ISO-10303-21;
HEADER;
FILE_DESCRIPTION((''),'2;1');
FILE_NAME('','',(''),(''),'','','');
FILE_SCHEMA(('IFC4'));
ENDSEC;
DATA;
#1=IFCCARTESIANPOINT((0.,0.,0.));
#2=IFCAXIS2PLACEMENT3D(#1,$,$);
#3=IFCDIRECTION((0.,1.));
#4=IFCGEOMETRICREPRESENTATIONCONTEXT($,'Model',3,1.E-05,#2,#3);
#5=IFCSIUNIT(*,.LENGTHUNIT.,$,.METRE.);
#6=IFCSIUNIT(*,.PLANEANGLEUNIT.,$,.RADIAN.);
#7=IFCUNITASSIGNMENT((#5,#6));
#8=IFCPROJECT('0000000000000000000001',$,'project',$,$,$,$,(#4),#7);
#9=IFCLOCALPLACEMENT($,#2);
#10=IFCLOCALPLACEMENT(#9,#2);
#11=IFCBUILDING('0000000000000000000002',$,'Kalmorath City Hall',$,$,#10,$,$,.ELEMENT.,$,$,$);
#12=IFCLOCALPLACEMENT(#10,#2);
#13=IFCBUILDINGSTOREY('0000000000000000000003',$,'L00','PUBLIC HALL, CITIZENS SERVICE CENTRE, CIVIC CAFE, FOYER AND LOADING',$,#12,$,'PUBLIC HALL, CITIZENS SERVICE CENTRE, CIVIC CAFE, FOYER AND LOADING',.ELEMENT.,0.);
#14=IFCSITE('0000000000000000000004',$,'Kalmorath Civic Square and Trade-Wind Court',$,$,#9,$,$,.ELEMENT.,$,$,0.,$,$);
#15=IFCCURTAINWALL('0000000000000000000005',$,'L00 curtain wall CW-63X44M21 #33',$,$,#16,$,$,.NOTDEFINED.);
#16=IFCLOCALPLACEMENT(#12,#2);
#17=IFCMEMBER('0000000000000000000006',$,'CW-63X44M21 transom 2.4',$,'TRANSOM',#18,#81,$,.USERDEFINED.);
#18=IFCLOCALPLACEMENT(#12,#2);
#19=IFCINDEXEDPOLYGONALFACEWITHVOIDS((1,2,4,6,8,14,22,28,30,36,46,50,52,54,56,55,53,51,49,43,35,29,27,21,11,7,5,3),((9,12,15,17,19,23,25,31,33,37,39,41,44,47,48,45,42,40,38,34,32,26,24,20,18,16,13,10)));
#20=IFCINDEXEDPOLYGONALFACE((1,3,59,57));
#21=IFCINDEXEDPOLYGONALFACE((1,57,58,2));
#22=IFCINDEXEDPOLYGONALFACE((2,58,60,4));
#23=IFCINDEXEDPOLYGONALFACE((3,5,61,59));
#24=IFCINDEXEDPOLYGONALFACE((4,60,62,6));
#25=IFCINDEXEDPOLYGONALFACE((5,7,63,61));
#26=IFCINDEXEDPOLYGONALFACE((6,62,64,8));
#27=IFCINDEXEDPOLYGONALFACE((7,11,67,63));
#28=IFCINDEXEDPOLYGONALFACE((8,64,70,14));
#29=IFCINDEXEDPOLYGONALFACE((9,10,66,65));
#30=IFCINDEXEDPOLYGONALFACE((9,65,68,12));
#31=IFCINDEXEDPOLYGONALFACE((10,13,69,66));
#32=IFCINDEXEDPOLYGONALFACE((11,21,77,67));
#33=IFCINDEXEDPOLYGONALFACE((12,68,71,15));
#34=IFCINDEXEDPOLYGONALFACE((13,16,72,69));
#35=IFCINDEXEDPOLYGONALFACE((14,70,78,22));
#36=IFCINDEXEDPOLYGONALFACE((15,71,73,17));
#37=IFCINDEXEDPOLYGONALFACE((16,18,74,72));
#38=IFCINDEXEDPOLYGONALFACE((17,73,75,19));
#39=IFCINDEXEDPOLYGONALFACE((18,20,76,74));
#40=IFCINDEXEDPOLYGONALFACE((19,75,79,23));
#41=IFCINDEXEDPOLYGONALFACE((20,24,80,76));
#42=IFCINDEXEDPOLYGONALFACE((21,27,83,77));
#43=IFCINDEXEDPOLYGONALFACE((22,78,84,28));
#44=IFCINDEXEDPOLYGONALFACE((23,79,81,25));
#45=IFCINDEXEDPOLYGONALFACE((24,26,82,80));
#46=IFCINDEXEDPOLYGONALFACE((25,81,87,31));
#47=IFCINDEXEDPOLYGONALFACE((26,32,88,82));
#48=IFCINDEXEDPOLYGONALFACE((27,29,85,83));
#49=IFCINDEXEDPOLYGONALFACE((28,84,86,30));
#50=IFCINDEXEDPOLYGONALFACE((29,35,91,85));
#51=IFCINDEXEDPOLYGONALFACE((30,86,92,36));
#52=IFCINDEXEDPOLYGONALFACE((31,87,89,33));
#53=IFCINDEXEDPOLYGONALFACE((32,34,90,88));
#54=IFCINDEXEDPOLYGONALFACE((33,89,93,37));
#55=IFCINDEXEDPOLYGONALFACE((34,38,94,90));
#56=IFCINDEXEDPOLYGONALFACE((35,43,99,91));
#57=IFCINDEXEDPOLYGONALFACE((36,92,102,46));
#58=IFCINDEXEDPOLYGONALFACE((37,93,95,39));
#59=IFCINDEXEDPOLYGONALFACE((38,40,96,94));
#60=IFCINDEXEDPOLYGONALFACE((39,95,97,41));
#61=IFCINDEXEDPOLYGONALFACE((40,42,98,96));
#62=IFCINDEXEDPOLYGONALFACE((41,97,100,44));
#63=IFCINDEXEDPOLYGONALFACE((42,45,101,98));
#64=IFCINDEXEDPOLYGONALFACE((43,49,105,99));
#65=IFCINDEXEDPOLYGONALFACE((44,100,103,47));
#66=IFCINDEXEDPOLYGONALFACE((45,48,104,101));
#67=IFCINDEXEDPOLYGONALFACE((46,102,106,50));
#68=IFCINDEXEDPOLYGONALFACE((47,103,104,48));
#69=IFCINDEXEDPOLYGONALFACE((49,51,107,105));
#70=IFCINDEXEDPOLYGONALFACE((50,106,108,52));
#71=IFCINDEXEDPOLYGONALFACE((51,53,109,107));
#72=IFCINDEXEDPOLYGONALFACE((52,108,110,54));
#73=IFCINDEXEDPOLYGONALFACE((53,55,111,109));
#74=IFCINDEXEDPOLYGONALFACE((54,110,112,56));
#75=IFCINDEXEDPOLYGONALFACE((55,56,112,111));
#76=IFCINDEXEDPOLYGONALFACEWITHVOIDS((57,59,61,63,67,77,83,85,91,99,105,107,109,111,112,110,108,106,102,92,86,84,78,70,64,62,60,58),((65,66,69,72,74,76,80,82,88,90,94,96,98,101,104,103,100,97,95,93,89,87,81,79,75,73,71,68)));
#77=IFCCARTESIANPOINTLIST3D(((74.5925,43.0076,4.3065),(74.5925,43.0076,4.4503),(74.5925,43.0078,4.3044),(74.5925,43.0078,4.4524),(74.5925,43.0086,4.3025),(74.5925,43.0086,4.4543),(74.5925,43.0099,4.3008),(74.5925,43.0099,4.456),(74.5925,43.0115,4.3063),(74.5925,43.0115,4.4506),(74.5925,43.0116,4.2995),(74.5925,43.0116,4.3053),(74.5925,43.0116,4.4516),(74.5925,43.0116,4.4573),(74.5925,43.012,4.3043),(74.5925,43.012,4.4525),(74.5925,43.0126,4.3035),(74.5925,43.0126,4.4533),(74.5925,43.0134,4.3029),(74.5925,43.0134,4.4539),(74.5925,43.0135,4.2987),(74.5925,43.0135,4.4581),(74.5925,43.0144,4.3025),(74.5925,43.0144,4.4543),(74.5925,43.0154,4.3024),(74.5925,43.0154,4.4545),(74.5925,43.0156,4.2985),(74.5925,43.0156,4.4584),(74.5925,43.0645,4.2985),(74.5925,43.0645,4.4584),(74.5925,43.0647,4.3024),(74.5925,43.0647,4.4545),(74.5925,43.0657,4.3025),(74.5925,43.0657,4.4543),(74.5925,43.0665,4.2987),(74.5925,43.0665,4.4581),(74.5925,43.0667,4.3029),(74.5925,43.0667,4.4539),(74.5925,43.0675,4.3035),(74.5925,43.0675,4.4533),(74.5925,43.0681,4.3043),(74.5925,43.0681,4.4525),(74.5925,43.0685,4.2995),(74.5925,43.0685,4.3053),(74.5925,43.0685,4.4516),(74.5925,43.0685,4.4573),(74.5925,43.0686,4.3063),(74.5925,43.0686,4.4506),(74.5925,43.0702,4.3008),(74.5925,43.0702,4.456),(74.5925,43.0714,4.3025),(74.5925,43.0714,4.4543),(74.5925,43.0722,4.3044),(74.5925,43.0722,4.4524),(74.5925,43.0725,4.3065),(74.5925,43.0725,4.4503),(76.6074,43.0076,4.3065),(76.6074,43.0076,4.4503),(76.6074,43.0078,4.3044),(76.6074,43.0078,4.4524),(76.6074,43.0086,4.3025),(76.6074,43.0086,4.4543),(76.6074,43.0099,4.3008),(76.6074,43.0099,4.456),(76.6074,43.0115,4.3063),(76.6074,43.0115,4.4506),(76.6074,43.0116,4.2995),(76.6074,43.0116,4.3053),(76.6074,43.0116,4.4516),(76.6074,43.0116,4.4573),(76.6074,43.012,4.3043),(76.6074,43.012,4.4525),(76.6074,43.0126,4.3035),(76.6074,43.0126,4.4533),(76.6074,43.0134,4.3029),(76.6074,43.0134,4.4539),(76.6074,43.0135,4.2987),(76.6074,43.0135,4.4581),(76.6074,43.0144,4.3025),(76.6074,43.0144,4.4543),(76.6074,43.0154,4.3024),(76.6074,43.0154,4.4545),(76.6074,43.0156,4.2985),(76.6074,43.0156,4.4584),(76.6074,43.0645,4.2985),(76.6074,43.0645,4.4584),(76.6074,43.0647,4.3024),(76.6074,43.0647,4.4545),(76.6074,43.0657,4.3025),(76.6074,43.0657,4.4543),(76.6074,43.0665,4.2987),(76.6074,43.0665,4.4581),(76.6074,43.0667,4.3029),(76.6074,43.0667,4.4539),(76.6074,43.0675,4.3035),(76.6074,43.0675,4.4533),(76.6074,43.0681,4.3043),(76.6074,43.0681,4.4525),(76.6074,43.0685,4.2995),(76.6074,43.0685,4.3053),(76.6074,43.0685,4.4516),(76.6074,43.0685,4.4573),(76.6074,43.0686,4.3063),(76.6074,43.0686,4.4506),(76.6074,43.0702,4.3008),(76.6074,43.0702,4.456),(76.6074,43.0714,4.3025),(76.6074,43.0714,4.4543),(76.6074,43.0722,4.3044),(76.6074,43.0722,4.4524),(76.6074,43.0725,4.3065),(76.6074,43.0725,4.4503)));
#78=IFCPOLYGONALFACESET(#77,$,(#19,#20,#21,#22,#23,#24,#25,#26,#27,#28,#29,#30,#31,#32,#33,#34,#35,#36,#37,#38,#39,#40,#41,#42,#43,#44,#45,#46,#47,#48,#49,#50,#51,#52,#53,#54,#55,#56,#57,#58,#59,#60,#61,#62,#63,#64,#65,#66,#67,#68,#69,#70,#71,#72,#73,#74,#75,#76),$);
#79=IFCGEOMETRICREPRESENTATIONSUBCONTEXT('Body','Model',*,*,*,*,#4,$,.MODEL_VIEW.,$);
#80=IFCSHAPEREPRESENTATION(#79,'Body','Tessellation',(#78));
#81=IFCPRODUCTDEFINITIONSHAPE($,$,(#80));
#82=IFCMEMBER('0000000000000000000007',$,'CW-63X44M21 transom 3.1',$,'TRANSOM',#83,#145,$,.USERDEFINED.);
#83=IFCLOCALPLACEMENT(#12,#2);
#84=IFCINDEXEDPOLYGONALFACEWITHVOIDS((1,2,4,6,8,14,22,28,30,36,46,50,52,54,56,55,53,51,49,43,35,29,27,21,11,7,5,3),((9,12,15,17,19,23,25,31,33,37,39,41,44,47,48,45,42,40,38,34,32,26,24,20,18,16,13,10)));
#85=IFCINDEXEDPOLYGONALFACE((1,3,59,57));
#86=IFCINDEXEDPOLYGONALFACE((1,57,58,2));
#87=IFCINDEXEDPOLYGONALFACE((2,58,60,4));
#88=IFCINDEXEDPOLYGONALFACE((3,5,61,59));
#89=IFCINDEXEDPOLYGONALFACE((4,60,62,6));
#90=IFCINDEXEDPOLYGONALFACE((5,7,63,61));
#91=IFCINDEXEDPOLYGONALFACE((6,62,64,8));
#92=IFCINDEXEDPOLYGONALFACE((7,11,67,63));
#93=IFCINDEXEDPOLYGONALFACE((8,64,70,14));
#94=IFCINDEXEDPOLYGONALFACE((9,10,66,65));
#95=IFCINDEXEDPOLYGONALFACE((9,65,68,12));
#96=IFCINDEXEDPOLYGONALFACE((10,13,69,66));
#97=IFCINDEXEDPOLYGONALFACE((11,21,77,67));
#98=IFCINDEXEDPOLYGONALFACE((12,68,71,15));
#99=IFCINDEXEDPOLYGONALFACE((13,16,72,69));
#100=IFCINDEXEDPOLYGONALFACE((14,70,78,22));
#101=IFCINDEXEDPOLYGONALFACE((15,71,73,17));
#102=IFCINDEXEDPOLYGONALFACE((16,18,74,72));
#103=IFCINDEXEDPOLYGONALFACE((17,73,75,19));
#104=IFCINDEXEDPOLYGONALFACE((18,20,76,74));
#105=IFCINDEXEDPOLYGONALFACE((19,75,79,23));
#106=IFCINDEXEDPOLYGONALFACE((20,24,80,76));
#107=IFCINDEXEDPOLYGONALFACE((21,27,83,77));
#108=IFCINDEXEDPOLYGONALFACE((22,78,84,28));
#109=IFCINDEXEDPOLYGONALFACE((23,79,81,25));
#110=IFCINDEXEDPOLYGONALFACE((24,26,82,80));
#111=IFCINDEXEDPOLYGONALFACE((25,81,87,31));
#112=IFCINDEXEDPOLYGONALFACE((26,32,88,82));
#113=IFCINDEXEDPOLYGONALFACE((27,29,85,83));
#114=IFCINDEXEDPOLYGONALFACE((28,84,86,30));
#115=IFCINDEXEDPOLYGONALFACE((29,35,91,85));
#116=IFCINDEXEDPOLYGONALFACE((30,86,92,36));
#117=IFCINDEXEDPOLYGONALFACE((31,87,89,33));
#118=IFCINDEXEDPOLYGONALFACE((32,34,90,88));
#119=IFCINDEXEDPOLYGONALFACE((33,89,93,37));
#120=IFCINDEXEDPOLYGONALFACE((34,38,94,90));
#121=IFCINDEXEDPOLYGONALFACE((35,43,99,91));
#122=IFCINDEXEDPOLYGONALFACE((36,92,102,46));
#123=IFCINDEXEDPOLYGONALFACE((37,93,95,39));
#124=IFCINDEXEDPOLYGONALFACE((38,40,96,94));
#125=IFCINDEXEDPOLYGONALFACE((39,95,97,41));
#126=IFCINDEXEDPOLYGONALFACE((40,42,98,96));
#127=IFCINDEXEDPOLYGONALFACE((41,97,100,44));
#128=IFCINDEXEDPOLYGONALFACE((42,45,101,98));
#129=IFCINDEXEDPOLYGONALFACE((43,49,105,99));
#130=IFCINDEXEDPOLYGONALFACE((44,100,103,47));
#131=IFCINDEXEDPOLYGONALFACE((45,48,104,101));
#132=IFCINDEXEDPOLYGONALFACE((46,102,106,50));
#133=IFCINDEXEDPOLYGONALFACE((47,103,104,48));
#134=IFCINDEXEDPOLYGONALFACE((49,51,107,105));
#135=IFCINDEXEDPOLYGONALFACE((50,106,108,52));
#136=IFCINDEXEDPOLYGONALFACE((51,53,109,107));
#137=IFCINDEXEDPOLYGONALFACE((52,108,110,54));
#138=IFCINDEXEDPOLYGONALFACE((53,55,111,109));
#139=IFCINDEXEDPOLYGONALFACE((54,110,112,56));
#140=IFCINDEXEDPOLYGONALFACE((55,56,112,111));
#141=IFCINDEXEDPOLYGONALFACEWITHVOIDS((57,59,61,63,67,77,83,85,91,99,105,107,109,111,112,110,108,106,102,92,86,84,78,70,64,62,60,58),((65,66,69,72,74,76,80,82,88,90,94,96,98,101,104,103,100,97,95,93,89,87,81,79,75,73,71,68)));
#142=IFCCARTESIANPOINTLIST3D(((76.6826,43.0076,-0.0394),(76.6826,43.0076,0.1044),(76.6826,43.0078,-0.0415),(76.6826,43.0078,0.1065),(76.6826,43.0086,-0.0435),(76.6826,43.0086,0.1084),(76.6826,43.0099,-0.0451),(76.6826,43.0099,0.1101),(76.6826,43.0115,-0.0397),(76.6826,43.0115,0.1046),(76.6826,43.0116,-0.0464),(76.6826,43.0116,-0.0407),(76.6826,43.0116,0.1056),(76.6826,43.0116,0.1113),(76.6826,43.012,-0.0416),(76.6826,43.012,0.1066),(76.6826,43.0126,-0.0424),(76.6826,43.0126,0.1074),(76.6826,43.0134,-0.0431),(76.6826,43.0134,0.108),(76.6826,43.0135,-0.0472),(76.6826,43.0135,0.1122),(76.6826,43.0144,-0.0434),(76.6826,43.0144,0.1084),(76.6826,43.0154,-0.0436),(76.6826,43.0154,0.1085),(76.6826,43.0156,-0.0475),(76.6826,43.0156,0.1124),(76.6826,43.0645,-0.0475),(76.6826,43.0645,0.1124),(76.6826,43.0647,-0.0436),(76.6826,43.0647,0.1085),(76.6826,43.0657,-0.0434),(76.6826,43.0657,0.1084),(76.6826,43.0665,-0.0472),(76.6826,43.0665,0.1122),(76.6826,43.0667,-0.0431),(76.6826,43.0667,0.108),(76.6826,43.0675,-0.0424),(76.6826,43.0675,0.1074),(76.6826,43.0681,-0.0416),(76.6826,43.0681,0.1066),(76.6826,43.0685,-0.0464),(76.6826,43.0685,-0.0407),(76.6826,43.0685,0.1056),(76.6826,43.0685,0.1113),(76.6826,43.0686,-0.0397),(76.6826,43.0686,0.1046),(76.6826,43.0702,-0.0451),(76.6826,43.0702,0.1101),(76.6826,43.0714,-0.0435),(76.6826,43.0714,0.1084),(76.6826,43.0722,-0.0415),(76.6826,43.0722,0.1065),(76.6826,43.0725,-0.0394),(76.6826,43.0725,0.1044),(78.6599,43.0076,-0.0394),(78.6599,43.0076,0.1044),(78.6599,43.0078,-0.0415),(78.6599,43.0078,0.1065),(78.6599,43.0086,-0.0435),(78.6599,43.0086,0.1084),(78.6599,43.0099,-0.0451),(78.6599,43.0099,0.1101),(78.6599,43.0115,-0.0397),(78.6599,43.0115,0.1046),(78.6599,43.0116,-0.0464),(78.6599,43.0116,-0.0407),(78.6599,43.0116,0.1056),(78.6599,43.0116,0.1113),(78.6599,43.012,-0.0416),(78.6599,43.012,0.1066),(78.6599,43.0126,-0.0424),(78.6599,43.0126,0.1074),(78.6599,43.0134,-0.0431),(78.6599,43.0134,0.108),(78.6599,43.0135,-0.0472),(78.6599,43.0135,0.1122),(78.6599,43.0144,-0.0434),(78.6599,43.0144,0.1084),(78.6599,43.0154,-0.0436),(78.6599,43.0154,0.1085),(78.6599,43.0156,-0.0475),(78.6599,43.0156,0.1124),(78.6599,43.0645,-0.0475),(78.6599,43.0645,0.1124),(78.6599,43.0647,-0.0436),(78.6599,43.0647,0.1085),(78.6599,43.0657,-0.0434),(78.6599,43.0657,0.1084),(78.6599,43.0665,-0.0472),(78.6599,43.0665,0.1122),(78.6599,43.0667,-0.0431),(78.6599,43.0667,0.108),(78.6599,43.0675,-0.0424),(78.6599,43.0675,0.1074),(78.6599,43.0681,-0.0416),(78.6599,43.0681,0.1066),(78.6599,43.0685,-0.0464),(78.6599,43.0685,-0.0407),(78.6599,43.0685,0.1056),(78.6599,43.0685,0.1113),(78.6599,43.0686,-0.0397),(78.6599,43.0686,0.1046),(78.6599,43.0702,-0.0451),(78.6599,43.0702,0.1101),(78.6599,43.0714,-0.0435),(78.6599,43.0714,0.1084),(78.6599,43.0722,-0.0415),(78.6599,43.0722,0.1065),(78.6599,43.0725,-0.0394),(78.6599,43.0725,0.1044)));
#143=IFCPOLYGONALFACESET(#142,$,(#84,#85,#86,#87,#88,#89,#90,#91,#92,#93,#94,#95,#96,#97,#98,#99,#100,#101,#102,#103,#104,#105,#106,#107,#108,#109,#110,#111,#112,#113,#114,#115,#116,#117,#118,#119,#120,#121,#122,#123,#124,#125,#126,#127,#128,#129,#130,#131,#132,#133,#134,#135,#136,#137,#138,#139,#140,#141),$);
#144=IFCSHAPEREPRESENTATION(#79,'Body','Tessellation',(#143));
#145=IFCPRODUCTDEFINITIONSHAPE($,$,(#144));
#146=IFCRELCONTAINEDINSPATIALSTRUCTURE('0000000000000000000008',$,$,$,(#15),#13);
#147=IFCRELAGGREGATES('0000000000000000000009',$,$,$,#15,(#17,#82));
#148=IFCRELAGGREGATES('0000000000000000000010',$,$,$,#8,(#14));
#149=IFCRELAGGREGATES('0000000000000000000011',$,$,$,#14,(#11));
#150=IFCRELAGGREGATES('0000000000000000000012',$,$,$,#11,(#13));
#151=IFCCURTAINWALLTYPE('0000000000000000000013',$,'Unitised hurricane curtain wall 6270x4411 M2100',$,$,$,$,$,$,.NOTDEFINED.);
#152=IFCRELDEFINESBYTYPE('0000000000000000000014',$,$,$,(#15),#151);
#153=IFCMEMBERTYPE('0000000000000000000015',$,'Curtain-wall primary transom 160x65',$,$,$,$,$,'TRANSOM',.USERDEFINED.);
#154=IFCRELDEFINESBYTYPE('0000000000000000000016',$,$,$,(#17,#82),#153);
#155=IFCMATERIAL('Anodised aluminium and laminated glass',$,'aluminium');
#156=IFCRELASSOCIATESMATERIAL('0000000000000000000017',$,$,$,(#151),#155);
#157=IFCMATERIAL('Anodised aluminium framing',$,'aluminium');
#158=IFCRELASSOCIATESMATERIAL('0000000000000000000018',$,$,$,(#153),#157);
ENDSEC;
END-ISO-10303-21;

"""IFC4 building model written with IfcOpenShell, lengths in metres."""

from ifc_helpers import new_model, si_unit, direction, frame, origin, origin_2d, place, context, subcontext, project, spatial, hollow_rectangle, extrude, material, material_profile, profile_set, type_object, element, aggregate, save


model = new_model("IFC4")

# Units and contexts
model_context = context("Model", 3, precision=1e-05, world=origin(), true_north=direction((0.0, 1.0)))
body_context = subcontext(model_context, "Body", "Model", "MODEL_VIEW")
ifc_project = project(units=[si_unit("LENGTHUNIT", "METRE"), si_unit("PLANEANGLEUNIT", "RADIAN")], contexts=[model_context])

# Site, building, storey
site_placement = place(None, origin())
site = spatial("IfcSite", under=ifc_project, at=site_placement, Name="Kalmorath Civic Square and Trade-Wind Court", CompositionType="ELEMENT", RefElevation=0.0)
building_placement = place(site_placement, origin())
building = spatial("IfcBuilding", under=site, at=building_placement, Name="Kalmorath City Hall", CompositionType="ELEMENT")
storey_placement = place(building_placement, origin())
storey = spatial("IfcBuildingStorey", under=building, at=storey_placement, Name="L00", Description="PUBLIC HALL, CITIZENS SERVICE CENTRE, CIVIC CAFE, FOYER AND LOADING", LongName="PUBLIC HALL, CITIZENS SERVICE CENTRE, CIVIC CAFE, FOYER AND LOADING", CompositionType="ELEMENT", Elevation=0.0)

# Curtain wall, members
ifc_material_1 = material(Name="Anodised aluminium and laminated glass", Category="aluminium")
curtain_wall_type = type_object("IfcCurtainWallType", Name="Unitised hurricane curtain wall 6270x4411 M2100", PredefinedType="NOTDEFINED", material=ifc_material_1)
curtain_wall_placement = place(storey_placement, origin())
curtain_wall = element("IfcCurtainWall", 1, at=curtain_wall_placement, inside=storey, type_object=curtain_wall_type, Name="L00 curtain wall CW-63X44M21 #33", PredefinedType="NOTDEFINED")
ifc_material_2 = material(Name="Anodised aluminium framing", Category="aluminium")
ifc_material_profile_1 = material_profile(ifc_material_2, hollow_rectangle(XDim=0.0649, YDim=0.1599, WallThickness=0.0039, InnerFilletRadius=0.0039, OuterFilletRadius=0.0081, at=origin_2d()), Name="ALU-TRN-160X65X4")
ifc_profile_set_1 = profile_set([ifc_material_profile_1], Name="Anodised aluminium framing")
member_type_1 = type_object("IfcMemberType", Name="Curtain-wall primary transom 160x65", ElementType="TRANSOM", PredefinedType="USERDEFINED", material=ifc_profile_set_1)
member_1_placement = place(storey_placement, frame((74.5925, 43.04, 4.3784), z_axis=(1.0, 0.0, 0.0), x_axis=(0.0, 1.0, 0.0)))
member_1 = element("IfcMember", 2, at=member_1_placement, type_object=member_type_1, Name="CW-63X44M21 transom 2.4", ObjectType="TRANSOM", PredefinedType="USERDEFINED", context=body_context, shape_type="SweptSolid", body=[
    extrude(hollow_rectangle(XDim=0.0649, YDim=0.1599, WallThickness=0.0039, InnerFilletRadius=0.0039, OuterFilletRadius=0.0081, at=origin_2d()), origin(), (0.0, 0.0, 1.0), 2.0149),
])
member_2_placement = place(storey_placement, frame((76.6826, 43.04, 0.0325), z_axis=(1.0, 0.0, 0.0), x_axis=(0.0, 1.0, 0.0)))
member_2 = element("IfcMember", 3, at=member_2_placement, type_object=member_type_1, Name="CW-63X44M21 transom 3.1", ObjectType="TRANSOM", PredefinedType="USERDEFINED", context=body_context, shape_type="SweptSolid", body=[
    extrude(hollow_rectangle(XDim=0.0649, YDim=0.1599, WallThickness=0.0039, InnerFilletRadius=0.0039, OuterFilletRadius=0.0081, at=origin_2d()), origin(), (0.0, 0.0, 1.0), 1.9773),
])

aggregate(curtain_wall, [member_1, member_2])

save(model, "model.ifc")
